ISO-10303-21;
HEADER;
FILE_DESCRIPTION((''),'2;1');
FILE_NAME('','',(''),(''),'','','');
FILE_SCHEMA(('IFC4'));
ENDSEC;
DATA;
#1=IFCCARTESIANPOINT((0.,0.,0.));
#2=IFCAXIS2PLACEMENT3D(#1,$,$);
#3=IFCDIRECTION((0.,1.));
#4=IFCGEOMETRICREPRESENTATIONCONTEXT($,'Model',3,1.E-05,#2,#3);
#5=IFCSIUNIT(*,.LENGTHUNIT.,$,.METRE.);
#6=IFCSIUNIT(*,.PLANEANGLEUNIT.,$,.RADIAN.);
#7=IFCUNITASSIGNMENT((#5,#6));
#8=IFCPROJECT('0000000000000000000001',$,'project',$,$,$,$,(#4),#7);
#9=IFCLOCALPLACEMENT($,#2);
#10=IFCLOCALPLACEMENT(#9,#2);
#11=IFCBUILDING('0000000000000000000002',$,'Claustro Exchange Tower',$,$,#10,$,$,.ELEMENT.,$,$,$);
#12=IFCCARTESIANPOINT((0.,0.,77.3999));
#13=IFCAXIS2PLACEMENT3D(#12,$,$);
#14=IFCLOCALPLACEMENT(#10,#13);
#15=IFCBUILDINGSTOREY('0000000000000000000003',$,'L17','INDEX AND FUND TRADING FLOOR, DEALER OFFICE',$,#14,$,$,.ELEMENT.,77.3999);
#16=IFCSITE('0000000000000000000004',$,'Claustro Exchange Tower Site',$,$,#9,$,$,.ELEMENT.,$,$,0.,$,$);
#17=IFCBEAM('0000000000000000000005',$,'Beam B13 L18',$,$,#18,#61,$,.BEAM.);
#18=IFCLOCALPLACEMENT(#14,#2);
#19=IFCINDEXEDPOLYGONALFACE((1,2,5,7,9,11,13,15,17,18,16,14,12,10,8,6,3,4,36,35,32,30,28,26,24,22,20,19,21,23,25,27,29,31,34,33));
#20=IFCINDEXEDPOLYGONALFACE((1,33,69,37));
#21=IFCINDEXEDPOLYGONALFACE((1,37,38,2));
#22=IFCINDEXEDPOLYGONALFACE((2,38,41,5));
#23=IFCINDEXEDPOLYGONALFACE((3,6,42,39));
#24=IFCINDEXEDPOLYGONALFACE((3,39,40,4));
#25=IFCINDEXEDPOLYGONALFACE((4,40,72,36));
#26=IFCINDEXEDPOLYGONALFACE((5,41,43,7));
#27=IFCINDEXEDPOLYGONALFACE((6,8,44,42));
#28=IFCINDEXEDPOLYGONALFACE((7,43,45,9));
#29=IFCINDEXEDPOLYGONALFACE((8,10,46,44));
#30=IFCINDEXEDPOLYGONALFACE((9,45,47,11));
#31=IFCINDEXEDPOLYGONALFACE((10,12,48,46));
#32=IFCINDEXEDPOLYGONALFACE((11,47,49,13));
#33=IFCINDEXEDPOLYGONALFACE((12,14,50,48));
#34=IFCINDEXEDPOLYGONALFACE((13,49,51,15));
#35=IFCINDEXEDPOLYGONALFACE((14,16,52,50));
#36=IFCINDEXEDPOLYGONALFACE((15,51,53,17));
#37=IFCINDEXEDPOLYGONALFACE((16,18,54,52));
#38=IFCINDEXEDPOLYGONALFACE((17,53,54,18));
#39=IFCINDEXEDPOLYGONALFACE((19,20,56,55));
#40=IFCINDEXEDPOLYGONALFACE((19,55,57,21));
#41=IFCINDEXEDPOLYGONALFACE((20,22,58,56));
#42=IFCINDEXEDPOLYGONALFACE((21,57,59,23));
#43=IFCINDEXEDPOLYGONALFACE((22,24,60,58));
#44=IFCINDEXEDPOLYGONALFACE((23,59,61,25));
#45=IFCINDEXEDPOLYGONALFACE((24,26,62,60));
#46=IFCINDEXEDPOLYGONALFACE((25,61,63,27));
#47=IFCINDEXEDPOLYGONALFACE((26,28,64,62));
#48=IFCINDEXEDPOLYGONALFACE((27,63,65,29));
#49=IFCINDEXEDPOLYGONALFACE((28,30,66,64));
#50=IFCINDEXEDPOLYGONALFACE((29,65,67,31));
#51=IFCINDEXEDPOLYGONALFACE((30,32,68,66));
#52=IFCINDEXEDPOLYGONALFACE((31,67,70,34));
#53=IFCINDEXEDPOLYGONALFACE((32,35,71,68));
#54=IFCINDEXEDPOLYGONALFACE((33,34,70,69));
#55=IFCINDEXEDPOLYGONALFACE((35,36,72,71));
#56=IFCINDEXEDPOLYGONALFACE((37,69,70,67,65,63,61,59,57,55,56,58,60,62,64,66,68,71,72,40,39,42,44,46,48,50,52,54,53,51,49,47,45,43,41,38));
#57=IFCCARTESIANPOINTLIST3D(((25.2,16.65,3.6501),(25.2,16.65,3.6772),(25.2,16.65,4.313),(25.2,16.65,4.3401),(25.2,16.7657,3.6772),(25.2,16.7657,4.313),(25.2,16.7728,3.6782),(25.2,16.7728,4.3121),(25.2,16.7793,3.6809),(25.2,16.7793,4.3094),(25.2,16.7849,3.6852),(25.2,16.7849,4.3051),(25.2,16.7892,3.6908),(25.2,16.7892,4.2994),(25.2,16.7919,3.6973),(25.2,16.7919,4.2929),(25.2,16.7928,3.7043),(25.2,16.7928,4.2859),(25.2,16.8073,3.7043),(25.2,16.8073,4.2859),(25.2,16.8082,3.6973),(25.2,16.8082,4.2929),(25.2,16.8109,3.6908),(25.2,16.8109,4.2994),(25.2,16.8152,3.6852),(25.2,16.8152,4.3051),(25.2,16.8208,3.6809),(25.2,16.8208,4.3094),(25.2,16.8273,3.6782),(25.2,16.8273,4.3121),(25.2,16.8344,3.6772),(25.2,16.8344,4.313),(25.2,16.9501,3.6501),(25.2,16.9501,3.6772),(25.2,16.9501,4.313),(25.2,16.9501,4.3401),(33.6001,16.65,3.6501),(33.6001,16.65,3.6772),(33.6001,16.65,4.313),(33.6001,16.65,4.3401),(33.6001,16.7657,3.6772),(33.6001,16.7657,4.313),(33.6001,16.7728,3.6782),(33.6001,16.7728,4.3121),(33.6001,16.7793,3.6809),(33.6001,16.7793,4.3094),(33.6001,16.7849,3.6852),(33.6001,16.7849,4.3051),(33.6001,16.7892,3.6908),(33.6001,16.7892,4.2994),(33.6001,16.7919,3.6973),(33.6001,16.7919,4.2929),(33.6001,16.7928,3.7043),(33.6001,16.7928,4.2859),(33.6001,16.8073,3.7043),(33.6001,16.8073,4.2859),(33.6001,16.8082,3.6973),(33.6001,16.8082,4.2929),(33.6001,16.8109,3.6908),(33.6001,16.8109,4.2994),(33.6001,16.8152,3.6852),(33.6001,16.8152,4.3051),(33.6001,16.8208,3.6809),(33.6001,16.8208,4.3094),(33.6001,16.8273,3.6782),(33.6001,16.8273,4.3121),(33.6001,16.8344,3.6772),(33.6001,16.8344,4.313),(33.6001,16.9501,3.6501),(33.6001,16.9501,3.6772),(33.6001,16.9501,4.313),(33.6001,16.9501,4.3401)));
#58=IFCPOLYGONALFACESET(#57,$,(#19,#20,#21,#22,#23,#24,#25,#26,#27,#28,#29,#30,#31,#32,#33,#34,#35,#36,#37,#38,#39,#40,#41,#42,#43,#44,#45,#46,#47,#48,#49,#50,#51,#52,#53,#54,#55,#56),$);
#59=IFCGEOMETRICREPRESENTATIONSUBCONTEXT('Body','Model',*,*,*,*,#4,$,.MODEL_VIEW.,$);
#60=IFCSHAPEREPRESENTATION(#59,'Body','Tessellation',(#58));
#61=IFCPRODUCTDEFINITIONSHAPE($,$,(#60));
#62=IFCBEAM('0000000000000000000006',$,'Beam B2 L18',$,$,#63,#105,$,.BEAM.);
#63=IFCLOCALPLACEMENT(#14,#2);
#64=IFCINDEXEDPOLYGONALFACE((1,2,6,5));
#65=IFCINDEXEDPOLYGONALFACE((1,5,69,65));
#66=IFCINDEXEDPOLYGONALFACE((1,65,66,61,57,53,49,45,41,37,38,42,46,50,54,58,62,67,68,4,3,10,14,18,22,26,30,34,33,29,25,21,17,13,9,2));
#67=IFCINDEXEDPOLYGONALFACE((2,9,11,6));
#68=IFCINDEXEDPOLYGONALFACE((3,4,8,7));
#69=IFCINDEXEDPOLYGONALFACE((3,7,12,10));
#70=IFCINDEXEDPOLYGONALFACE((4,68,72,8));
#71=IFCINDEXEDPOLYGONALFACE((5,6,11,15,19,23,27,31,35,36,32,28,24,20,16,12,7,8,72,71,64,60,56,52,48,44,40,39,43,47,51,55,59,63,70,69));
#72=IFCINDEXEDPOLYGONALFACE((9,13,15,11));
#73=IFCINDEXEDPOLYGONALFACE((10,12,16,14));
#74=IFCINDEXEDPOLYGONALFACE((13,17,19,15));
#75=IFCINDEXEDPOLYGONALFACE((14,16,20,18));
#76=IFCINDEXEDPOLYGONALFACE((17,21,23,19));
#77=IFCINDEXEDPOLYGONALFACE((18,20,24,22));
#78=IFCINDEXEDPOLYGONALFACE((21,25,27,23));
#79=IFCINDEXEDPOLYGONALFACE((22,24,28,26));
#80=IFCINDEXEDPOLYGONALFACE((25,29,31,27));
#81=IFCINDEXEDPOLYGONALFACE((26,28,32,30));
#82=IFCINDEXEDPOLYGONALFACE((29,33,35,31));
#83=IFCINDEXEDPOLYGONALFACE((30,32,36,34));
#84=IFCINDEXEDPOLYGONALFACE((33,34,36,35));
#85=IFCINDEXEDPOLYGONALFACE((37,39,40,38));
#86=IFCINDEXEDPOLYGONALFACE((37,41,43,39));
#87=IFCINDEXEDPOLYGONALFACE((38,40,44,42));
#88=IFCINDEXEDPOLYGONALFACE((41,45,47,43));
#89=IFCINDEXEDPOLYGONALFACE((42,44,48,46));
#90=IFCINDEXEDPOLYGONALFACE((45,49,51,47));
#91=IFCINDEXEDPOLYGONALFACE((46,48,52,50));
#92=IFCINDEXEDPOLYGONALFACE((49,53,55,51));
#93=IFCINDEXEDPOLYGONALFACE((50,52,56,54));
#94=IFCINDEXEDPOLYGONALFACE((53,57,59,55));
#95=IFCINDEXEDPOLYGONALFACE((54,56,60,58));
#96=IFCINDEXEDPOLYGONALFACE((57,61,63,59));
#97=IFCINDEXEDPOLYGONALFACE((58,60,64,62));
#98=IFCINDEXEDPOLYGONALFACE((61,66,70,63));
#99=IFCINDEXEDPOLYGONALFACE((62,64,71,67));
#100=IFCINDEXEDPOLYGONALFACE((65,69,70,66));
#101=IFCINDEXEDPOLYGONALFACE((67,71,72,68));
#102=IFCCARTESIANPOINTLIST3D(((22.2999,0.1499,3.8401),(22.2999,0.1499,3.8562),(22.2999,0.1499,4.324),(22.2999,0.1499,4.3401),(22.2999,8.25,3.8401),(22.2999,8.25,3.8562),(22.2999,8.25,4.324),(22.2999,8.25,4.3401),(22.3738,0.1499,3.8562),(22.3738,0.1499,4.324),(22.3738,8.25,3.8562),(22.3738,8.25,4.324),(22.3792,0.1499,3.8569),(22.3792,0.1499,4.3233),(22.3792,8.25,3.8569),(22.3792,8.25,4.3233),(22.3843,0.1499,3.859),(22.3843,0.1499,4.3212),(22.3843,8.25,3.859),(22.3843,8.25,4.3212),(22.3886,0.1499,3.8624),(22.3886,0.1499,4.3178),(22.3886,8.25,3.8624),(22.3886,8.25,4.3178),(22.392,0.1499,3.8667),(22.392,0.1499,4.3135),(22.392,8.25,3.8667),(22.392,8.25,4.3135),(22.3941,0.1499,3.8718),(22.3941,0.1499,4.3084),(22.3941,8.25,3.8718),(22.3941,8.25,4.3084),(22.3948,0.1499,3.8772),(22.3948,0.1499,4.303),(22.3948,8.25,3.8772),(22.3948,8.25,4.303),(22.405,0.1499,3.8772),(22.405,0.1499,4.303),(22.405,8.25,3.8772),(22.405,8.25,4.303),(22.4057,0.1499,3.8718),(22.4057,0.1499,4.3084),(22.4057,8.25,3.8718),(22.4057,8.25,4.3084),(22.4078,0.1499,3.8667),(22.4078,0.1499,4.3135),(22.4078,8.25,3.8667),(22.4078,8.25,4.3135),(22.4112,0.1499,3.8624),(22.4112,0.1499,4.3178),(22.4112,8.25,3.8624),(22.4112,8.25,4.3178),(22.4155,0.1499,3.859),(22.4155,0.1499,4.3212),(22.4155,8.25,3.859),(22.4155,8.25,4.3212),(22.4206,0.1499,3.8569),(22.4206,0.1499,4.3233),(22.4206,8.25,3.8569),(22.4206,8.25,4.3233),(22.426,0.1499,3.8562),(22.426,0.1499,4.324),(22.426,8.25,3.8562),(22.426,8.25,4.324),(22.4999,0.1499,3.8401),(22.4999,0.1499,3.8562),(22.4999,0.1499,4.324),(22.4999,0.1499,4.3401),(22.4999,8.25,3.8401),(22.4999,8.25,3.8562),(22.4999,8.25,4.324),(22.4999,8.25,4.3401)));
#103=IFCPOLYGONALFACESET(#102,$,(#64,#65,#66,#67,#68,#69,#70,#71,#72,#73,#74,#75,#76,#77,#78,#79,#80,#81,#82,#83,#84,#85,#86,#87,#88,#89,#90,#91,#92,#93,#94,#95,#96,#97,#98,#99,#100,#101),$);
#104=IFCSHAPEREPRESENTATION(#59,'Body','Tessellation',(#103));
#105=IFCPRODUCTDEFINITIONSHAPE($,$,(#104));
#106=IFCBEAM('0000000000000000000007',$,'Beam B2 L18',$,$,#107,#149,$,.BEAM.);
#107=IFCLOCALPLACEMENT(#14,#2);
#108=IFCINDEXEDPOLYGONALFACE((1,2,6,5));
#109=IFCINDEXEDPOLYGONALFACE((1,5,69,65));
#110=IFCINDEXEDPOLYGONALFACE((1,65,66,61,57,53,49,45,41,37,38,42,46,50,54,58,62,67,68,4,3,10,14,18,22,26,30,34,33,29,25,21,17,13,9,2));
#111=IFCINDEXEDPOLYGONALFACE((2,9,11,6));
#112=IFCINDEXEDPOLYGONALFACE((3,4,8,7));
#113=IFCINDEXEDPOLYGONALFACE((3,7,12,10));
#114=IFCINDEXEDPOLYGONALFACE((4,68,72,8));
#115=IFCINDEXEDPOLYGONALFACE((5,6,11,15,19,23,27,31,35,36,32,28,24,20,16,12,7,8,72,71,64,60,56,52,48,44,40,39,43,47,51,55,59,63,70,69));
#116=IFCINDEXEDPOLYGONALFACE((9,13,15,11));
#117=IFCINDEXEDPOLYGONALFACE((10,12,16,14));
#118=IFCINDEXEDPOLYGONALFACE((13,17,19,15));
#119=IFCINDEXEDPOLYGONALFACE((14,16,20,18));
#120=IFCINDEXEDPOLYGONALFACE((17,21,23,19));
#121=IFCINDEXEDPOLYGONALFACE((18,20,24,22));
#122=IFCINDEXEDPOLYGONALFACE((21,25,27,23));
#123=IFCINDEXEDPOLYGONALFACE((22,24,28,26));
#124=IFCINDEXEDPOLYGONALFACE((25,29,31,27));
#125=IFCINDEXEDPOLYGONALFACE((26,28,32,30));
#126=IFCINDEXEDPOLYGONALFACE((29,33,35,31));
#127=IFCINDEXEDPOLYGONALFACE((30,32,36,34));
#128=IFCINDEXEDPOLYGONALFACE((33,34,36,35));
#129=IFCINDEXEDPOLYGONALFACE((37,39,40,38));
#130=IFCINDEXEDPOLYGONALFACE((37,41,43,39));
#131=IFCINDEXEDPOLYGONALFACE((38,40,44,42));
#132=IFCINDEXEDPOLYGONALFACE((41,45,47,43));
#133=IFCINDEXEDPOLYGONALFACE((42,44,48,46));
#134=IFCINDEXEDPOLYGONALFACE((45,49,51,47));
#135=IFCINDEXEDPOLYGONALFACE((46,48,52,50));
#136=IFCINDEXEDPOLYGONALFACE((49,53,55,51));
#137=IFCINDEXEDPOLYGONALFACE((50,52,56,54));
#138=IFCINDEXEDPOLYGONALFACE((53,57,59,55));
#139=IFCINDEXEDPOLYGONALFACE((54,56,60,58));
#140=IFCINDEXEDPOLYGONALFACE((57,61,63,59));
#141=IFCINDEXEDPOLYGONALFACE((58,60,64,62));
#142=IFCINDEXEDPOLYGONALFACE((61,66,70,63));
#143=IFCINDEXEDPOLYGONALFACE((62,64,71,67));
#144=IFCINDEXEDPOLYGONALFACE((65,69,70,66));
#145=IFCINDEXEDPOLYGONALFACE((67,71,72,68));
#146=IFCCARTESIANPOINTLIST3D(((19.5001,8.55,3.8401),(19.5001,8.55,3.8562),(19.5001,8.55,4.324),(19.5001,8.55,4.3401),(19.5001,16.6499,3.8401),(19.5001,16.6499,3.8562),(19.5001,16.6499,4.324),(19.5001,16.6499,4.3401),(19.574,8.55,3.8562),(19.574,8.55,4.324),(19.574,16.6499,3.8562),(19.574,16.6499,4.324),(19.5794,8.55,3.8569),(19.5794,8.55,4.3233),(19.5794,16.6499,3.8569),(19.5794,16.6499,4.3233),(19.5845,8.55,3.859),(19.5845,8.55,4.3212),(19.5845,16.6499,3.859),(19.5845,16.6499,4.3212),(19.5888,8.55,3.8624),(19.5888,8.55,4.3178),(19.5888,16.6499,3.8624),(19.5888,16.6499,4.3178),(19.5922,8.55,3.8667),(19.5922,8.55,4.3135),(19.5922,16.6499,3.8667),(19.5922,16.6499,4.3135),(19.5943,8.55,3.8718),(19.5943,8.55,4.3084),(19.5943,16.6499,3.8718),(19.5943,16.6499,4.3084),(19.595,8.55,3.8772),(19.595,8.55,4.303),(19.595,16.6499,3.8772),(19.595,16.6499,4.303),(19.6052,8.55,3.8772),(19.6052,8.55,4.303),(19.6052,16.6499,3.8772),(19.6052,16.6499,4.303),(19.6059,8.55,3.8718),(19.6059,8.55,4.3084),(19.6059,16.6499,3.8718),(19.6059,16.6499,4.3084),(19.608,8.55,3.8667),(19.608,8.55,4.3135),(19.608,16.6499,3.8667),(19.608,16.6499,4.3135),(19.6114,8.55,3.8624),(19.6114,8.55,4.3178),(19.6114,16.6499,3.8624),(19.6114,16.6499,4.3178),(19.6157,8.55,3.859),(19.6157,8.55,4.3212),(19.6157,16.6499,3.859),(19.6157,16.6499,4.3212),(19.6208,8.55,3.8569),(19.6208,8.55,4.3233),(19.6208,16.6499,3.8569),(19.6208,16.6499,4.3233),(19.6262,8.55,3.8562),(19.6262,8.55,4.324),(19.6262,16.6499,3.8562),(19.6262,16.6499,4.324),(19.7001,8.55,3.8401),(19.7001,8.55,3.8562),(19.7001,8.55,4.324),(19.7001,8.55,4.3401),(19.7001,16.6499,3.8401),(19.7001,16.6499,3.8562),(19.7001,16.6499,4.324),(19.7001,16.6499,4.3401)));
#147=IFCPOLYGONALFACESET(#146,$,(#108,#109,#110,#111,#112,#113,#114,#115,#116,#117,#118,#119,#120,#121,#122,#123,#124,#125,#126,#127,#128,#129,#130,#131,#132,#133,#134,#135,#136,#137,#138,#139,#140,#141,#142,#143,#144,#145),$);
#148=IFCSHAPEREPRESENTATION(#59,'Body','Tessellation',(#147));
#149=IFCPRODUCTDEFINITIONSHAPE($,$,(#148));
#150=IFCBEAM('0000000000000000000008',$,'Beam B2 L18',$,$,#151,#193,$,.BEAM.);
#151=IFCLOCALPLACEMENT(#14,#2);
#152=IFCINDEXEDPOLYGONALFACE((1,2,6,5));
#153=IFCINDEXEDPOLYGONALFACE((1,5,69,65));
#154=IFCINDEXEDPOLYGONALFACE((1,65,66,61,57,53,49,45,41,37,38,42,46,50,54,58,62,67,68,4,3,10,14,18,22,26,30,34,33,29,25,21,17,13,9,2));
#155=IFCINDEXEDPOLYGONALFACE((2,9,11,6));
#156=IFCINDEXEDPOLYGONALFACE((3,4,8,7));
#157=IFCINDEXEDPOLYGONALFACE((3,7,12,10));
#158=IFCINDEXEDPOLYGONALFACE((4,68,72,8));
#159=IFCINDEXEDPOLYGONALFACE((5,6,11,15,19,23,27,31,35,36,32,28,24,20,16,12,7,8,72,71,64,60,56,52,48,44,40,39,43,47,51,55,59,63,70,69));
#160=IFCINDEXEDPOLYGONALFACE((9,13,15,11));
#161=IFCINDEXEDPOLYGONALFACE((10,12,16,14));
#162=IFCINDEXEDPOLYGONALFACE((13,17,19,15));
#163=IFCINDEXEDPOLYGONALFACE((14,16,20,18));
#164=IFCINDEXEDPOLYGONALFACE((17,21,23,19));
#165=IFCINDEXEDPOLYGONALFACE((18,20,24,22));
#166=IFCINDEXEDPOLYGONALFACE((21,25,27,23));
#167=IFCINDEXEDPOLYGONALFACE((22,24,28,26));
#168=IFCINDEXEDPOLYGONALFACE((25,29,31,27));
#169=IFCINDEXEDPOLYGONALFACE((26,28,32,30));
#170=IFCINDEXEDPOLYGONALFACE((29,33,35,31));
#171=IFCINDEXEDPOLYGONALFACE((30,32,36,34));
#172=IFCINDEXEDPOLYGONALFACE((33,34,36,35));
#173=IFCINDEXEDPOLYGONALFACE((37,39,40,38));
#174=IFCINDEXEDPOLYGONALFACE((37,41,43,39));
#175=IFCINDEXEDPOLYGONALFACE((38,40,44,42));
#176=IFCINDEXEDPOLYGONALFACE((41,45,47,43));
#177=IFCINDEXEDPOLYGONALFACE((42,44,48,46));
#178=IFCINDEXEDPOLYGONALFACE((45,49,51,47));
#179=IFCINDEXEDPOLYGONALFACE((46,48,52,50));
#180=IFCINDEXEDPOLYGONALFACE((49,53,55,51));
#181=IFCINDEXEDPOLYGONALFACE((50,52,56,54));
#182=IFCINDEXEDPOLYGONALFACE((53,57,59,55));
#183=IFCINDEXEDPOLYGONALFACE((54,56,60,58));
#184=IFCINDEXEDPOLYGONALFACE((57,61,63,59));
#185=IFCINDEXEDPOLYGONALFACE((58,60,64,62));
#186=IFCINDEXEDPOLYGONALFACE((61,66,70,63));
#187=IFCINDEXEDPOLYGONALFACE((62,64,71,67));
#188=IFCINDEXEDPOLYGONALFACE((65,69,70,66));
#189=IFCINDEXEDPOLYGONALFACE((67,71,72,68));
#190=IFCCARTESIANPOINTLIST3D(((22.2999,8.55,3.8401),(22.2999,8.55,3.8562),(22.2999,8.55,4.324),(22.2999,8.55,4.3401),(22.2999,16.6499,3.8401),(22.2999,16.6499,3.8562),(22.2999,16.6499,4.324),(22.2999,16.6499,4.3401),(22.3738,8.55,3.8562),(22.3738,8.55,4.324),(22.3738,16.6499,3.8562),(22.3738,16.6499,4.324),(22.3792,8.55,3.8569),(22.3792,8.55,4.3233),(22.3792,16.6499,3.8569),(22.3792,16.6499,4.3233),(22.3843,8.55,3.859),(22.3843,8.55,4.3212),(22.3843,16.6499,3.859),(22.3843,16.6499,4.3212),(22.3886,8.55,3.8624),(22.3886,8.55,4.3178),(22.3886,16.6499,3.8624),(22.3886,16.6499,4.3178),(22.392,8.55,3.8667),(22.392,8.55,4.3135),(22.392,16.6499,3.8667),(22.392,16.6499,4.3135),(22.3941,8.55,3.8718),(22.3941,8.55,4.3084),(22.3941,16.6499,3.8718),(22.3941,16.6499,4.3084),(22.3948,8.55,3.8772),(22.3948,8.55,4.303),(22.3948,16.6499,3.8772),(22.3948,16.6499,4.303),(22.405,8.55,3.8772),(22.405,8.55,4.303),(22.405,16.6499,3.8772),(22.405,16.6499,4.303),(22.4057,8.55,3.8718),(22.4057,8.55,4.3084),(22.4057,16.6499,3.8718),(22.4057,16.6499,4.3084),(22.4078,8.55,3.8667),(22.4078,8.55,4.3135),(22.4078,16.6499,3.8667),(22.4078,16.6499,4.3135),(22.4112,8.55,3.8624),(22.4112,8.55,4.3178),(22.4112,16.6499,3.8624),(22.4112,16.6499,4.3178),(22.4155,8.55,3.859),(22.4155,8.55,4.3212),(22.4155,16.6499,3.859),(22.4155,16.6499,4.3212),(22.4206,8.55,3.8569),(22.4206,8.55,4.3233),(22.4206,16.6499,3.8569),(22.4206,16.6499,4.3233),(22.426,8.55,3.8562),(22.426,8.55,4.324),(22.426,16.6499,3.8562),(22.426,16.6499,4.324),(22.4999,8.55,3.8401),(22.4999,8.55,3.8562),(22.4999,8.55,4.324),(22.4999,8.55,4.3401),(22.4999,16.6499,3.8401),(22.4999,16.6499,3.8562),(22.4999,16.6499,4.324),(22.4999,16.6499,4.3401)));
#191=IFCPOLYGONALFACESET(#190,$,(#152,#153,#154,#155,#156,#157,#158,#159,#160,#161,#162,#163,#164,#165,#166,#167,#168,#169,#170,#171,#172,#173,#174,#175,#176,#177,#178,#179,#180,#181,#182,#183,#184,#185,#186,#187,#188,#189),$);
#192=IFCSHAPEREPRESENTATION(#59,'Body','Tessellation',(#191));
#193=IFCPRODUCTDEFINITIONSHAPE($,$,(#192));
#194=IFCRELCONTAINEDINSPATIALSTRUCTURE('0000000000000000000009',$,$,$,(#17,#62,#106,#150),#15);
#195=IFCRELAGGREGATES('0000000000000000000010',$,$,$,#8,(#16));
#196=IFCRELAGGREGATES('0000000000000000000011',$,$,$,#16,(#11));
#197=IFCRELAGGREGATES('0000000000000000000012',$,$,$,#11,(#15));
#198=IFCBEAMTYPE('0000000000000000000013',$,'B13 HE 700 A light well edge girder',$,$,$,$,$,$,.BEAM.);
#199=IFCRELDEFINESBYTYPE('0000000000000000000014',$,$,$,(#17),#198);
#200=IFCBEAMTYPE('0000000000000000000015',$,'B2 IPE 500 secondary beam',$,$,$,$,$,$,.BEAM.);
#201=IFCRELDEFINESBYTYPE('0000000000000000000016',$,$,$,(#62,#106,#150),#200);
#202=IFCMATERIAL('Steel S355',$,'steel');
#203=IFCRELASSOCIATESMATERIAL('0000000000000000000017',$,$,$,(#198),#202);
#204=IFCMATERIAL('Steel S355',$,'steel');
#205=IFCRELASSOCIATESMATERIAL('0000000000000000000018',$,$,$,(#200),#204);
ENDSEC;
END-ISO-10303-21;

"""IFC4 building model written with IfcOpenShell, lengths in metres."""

from ifc_helpers import new_model, si_unit, direction, frame, origin, origin_2d, place, context, subcontext, project, spatial, i_section, extrude, material, material_profile, profile_set, type_object, element, save


model = new_model("IFC4")

# Units and contexts
model_context = context("Model", 3, precision=1e-05, world=origin(), true_north=direction((0.0, 1.0)))
body_context = subcontext(model_context, "Body", "Model", "MODEL_VIEW")
ifc_project = project(units=[si_unit("LENGTHUNIT", "METRE"), si_unit("PLANEANGLEUNIT", "RADIAN")], contexts=[model_context])

# Site, building, storey
site_placement = place(None, origin())
site = spatial("IfcSite", under=ifc_project, at=site_placement, Name="Claustro Exchange Tower Site", CompositionType="ELEMENT", RefElevation=0.0)
building_placement = place(site_placement, origin())
building = spatial("IfcBuilding", under=site, at=building_placement, Name="Claustro Exchange Tower", CompositionType="ELEMENT")
storey_placement = place(building_placement, frame((0.0, 0.0, 77.3999)))
storey = spatial("IfcBuildingStorey", under=building, at=storey_placement, Name="L17", Description="INDEX AND FUND TRADING FLOOR, DEALER OFFICE", CompositionType="ELEMENT", Elevation=77.3999)

# Beams
ifc_material_1 = material(Name="Steel S355", Category="steel")
ifc_material_profile_1 = material_profile(ifc_material_1, i_section(OverallWidth=0.3, OverallDepth=0.6899, WebThickness=0.0144, FlangeThickness=0.0271, FilletRadius=0.0271, at=origin_2d()), Name="HE 700 A")
ifc_profile_set_1 = profile_set([ifc_material_profile_1], Name="Steel S355")
beam_type_1 = type_object("IfcBeamType", Name="B13 HE 700 A light well edge girder", PredefinedType="BEAM", material=ifc_profile_set_1)
beam_1_placement = place(storey_placement, frame((25.2, 16.8, 3.9951), z_axis=(1.0, 0.0, 0.0), x_axis=(0.0, 1.0, 0.0)))
element("IfcBeam", 1, at=beam_1_placement, inside=storey, type_object=beam_type_1, Name="Beam B13 L18", PredefinedType="BEAM", context=body_context, shape_type="SweptSolid", body=[
    extrude(i_section(OverallWidth=0.3, OverallDepth=0.6899, WebThickness=0.0144, FlangeThickness=0.0271, FilletRadius=0.0271, at=origin_2d()), origin(), (0.0, 0.0, 1.0), 8.4001),
])
ifc_material_2 = material(Name="Steel S355", Category="steel")
ifc_material_profile_2 = material_profile(ifc_material_2, i_section(OverallWidth=0.2, OverallDepth=0.5, WebThickness=0.0103, FlangeThickness=0.0161, FilletRadius=0.021, at=origin_2d()), Name="IPE 500")
ifc_profile_set_2 = profile_set([ifc_material_profile_2], Name="Steel S355")
beam_type_2 = type_object("IfcBeamType", Name="B2 IPE 500 secondary beam", PredefinedType="BEAM", material=ifc_profile_set_2)
beam_2_placement = place(storey_placement, frame((22.3999, 0.1499, 4.0901), z_axis=(0.0, 1.0, 0.0), x_axis=(-1.0, 0.0, 0.0)))
element("IfcBeam", 2, at=beam_2_placement, inside=storey, type_object=beam_type_2, Name="Beam B2 L18", PredefinedType="BEAM", context=body_context, shape_type="SweptSolid", body=[
    extrude(i_section(OverallWidth=0.2, OverallDepth=0.5, WebThickness=0.0103, FlangeThickness=0.0161, FilletRadius=0.021, at=origin_2d()), origin(), (0.0, 0.0, 1.0), 8.1001),
])
for number, where, z_axis, x_axis, name in (
    (3, (19.6001, 8.55, 4.0901), (0.0, 1.0, 0.0), (-1.0, 0.0, 0.0), "Beam B2 L18"),
    (4, (22.3999, 8.55, 4.0901), (0.0, 1.0, 0.0), (-1.0, 0.0, 0.0), "Beam B2 L18"),
):
    element("IfcBeam", number, at=place(storey_placement, frame(where, z_axis=z_axis, x_axis=x_axis)), inside=storey, type_object=beam_type_2, Name=name, PredefinedType="BEAM", context=body_context, shape_type="SweptSolid", body=[
        extrude(i_section(OverallWidth=0.2, OverallDepth=0.5, WebThickness=0.0103, FlangeThickness=0.0161, FilletRadius=0.021, at=origin_2d()), origin(), (0.0, 0.0, 1.0), 8.0999),
    ])

save(model, "model.ifc")
